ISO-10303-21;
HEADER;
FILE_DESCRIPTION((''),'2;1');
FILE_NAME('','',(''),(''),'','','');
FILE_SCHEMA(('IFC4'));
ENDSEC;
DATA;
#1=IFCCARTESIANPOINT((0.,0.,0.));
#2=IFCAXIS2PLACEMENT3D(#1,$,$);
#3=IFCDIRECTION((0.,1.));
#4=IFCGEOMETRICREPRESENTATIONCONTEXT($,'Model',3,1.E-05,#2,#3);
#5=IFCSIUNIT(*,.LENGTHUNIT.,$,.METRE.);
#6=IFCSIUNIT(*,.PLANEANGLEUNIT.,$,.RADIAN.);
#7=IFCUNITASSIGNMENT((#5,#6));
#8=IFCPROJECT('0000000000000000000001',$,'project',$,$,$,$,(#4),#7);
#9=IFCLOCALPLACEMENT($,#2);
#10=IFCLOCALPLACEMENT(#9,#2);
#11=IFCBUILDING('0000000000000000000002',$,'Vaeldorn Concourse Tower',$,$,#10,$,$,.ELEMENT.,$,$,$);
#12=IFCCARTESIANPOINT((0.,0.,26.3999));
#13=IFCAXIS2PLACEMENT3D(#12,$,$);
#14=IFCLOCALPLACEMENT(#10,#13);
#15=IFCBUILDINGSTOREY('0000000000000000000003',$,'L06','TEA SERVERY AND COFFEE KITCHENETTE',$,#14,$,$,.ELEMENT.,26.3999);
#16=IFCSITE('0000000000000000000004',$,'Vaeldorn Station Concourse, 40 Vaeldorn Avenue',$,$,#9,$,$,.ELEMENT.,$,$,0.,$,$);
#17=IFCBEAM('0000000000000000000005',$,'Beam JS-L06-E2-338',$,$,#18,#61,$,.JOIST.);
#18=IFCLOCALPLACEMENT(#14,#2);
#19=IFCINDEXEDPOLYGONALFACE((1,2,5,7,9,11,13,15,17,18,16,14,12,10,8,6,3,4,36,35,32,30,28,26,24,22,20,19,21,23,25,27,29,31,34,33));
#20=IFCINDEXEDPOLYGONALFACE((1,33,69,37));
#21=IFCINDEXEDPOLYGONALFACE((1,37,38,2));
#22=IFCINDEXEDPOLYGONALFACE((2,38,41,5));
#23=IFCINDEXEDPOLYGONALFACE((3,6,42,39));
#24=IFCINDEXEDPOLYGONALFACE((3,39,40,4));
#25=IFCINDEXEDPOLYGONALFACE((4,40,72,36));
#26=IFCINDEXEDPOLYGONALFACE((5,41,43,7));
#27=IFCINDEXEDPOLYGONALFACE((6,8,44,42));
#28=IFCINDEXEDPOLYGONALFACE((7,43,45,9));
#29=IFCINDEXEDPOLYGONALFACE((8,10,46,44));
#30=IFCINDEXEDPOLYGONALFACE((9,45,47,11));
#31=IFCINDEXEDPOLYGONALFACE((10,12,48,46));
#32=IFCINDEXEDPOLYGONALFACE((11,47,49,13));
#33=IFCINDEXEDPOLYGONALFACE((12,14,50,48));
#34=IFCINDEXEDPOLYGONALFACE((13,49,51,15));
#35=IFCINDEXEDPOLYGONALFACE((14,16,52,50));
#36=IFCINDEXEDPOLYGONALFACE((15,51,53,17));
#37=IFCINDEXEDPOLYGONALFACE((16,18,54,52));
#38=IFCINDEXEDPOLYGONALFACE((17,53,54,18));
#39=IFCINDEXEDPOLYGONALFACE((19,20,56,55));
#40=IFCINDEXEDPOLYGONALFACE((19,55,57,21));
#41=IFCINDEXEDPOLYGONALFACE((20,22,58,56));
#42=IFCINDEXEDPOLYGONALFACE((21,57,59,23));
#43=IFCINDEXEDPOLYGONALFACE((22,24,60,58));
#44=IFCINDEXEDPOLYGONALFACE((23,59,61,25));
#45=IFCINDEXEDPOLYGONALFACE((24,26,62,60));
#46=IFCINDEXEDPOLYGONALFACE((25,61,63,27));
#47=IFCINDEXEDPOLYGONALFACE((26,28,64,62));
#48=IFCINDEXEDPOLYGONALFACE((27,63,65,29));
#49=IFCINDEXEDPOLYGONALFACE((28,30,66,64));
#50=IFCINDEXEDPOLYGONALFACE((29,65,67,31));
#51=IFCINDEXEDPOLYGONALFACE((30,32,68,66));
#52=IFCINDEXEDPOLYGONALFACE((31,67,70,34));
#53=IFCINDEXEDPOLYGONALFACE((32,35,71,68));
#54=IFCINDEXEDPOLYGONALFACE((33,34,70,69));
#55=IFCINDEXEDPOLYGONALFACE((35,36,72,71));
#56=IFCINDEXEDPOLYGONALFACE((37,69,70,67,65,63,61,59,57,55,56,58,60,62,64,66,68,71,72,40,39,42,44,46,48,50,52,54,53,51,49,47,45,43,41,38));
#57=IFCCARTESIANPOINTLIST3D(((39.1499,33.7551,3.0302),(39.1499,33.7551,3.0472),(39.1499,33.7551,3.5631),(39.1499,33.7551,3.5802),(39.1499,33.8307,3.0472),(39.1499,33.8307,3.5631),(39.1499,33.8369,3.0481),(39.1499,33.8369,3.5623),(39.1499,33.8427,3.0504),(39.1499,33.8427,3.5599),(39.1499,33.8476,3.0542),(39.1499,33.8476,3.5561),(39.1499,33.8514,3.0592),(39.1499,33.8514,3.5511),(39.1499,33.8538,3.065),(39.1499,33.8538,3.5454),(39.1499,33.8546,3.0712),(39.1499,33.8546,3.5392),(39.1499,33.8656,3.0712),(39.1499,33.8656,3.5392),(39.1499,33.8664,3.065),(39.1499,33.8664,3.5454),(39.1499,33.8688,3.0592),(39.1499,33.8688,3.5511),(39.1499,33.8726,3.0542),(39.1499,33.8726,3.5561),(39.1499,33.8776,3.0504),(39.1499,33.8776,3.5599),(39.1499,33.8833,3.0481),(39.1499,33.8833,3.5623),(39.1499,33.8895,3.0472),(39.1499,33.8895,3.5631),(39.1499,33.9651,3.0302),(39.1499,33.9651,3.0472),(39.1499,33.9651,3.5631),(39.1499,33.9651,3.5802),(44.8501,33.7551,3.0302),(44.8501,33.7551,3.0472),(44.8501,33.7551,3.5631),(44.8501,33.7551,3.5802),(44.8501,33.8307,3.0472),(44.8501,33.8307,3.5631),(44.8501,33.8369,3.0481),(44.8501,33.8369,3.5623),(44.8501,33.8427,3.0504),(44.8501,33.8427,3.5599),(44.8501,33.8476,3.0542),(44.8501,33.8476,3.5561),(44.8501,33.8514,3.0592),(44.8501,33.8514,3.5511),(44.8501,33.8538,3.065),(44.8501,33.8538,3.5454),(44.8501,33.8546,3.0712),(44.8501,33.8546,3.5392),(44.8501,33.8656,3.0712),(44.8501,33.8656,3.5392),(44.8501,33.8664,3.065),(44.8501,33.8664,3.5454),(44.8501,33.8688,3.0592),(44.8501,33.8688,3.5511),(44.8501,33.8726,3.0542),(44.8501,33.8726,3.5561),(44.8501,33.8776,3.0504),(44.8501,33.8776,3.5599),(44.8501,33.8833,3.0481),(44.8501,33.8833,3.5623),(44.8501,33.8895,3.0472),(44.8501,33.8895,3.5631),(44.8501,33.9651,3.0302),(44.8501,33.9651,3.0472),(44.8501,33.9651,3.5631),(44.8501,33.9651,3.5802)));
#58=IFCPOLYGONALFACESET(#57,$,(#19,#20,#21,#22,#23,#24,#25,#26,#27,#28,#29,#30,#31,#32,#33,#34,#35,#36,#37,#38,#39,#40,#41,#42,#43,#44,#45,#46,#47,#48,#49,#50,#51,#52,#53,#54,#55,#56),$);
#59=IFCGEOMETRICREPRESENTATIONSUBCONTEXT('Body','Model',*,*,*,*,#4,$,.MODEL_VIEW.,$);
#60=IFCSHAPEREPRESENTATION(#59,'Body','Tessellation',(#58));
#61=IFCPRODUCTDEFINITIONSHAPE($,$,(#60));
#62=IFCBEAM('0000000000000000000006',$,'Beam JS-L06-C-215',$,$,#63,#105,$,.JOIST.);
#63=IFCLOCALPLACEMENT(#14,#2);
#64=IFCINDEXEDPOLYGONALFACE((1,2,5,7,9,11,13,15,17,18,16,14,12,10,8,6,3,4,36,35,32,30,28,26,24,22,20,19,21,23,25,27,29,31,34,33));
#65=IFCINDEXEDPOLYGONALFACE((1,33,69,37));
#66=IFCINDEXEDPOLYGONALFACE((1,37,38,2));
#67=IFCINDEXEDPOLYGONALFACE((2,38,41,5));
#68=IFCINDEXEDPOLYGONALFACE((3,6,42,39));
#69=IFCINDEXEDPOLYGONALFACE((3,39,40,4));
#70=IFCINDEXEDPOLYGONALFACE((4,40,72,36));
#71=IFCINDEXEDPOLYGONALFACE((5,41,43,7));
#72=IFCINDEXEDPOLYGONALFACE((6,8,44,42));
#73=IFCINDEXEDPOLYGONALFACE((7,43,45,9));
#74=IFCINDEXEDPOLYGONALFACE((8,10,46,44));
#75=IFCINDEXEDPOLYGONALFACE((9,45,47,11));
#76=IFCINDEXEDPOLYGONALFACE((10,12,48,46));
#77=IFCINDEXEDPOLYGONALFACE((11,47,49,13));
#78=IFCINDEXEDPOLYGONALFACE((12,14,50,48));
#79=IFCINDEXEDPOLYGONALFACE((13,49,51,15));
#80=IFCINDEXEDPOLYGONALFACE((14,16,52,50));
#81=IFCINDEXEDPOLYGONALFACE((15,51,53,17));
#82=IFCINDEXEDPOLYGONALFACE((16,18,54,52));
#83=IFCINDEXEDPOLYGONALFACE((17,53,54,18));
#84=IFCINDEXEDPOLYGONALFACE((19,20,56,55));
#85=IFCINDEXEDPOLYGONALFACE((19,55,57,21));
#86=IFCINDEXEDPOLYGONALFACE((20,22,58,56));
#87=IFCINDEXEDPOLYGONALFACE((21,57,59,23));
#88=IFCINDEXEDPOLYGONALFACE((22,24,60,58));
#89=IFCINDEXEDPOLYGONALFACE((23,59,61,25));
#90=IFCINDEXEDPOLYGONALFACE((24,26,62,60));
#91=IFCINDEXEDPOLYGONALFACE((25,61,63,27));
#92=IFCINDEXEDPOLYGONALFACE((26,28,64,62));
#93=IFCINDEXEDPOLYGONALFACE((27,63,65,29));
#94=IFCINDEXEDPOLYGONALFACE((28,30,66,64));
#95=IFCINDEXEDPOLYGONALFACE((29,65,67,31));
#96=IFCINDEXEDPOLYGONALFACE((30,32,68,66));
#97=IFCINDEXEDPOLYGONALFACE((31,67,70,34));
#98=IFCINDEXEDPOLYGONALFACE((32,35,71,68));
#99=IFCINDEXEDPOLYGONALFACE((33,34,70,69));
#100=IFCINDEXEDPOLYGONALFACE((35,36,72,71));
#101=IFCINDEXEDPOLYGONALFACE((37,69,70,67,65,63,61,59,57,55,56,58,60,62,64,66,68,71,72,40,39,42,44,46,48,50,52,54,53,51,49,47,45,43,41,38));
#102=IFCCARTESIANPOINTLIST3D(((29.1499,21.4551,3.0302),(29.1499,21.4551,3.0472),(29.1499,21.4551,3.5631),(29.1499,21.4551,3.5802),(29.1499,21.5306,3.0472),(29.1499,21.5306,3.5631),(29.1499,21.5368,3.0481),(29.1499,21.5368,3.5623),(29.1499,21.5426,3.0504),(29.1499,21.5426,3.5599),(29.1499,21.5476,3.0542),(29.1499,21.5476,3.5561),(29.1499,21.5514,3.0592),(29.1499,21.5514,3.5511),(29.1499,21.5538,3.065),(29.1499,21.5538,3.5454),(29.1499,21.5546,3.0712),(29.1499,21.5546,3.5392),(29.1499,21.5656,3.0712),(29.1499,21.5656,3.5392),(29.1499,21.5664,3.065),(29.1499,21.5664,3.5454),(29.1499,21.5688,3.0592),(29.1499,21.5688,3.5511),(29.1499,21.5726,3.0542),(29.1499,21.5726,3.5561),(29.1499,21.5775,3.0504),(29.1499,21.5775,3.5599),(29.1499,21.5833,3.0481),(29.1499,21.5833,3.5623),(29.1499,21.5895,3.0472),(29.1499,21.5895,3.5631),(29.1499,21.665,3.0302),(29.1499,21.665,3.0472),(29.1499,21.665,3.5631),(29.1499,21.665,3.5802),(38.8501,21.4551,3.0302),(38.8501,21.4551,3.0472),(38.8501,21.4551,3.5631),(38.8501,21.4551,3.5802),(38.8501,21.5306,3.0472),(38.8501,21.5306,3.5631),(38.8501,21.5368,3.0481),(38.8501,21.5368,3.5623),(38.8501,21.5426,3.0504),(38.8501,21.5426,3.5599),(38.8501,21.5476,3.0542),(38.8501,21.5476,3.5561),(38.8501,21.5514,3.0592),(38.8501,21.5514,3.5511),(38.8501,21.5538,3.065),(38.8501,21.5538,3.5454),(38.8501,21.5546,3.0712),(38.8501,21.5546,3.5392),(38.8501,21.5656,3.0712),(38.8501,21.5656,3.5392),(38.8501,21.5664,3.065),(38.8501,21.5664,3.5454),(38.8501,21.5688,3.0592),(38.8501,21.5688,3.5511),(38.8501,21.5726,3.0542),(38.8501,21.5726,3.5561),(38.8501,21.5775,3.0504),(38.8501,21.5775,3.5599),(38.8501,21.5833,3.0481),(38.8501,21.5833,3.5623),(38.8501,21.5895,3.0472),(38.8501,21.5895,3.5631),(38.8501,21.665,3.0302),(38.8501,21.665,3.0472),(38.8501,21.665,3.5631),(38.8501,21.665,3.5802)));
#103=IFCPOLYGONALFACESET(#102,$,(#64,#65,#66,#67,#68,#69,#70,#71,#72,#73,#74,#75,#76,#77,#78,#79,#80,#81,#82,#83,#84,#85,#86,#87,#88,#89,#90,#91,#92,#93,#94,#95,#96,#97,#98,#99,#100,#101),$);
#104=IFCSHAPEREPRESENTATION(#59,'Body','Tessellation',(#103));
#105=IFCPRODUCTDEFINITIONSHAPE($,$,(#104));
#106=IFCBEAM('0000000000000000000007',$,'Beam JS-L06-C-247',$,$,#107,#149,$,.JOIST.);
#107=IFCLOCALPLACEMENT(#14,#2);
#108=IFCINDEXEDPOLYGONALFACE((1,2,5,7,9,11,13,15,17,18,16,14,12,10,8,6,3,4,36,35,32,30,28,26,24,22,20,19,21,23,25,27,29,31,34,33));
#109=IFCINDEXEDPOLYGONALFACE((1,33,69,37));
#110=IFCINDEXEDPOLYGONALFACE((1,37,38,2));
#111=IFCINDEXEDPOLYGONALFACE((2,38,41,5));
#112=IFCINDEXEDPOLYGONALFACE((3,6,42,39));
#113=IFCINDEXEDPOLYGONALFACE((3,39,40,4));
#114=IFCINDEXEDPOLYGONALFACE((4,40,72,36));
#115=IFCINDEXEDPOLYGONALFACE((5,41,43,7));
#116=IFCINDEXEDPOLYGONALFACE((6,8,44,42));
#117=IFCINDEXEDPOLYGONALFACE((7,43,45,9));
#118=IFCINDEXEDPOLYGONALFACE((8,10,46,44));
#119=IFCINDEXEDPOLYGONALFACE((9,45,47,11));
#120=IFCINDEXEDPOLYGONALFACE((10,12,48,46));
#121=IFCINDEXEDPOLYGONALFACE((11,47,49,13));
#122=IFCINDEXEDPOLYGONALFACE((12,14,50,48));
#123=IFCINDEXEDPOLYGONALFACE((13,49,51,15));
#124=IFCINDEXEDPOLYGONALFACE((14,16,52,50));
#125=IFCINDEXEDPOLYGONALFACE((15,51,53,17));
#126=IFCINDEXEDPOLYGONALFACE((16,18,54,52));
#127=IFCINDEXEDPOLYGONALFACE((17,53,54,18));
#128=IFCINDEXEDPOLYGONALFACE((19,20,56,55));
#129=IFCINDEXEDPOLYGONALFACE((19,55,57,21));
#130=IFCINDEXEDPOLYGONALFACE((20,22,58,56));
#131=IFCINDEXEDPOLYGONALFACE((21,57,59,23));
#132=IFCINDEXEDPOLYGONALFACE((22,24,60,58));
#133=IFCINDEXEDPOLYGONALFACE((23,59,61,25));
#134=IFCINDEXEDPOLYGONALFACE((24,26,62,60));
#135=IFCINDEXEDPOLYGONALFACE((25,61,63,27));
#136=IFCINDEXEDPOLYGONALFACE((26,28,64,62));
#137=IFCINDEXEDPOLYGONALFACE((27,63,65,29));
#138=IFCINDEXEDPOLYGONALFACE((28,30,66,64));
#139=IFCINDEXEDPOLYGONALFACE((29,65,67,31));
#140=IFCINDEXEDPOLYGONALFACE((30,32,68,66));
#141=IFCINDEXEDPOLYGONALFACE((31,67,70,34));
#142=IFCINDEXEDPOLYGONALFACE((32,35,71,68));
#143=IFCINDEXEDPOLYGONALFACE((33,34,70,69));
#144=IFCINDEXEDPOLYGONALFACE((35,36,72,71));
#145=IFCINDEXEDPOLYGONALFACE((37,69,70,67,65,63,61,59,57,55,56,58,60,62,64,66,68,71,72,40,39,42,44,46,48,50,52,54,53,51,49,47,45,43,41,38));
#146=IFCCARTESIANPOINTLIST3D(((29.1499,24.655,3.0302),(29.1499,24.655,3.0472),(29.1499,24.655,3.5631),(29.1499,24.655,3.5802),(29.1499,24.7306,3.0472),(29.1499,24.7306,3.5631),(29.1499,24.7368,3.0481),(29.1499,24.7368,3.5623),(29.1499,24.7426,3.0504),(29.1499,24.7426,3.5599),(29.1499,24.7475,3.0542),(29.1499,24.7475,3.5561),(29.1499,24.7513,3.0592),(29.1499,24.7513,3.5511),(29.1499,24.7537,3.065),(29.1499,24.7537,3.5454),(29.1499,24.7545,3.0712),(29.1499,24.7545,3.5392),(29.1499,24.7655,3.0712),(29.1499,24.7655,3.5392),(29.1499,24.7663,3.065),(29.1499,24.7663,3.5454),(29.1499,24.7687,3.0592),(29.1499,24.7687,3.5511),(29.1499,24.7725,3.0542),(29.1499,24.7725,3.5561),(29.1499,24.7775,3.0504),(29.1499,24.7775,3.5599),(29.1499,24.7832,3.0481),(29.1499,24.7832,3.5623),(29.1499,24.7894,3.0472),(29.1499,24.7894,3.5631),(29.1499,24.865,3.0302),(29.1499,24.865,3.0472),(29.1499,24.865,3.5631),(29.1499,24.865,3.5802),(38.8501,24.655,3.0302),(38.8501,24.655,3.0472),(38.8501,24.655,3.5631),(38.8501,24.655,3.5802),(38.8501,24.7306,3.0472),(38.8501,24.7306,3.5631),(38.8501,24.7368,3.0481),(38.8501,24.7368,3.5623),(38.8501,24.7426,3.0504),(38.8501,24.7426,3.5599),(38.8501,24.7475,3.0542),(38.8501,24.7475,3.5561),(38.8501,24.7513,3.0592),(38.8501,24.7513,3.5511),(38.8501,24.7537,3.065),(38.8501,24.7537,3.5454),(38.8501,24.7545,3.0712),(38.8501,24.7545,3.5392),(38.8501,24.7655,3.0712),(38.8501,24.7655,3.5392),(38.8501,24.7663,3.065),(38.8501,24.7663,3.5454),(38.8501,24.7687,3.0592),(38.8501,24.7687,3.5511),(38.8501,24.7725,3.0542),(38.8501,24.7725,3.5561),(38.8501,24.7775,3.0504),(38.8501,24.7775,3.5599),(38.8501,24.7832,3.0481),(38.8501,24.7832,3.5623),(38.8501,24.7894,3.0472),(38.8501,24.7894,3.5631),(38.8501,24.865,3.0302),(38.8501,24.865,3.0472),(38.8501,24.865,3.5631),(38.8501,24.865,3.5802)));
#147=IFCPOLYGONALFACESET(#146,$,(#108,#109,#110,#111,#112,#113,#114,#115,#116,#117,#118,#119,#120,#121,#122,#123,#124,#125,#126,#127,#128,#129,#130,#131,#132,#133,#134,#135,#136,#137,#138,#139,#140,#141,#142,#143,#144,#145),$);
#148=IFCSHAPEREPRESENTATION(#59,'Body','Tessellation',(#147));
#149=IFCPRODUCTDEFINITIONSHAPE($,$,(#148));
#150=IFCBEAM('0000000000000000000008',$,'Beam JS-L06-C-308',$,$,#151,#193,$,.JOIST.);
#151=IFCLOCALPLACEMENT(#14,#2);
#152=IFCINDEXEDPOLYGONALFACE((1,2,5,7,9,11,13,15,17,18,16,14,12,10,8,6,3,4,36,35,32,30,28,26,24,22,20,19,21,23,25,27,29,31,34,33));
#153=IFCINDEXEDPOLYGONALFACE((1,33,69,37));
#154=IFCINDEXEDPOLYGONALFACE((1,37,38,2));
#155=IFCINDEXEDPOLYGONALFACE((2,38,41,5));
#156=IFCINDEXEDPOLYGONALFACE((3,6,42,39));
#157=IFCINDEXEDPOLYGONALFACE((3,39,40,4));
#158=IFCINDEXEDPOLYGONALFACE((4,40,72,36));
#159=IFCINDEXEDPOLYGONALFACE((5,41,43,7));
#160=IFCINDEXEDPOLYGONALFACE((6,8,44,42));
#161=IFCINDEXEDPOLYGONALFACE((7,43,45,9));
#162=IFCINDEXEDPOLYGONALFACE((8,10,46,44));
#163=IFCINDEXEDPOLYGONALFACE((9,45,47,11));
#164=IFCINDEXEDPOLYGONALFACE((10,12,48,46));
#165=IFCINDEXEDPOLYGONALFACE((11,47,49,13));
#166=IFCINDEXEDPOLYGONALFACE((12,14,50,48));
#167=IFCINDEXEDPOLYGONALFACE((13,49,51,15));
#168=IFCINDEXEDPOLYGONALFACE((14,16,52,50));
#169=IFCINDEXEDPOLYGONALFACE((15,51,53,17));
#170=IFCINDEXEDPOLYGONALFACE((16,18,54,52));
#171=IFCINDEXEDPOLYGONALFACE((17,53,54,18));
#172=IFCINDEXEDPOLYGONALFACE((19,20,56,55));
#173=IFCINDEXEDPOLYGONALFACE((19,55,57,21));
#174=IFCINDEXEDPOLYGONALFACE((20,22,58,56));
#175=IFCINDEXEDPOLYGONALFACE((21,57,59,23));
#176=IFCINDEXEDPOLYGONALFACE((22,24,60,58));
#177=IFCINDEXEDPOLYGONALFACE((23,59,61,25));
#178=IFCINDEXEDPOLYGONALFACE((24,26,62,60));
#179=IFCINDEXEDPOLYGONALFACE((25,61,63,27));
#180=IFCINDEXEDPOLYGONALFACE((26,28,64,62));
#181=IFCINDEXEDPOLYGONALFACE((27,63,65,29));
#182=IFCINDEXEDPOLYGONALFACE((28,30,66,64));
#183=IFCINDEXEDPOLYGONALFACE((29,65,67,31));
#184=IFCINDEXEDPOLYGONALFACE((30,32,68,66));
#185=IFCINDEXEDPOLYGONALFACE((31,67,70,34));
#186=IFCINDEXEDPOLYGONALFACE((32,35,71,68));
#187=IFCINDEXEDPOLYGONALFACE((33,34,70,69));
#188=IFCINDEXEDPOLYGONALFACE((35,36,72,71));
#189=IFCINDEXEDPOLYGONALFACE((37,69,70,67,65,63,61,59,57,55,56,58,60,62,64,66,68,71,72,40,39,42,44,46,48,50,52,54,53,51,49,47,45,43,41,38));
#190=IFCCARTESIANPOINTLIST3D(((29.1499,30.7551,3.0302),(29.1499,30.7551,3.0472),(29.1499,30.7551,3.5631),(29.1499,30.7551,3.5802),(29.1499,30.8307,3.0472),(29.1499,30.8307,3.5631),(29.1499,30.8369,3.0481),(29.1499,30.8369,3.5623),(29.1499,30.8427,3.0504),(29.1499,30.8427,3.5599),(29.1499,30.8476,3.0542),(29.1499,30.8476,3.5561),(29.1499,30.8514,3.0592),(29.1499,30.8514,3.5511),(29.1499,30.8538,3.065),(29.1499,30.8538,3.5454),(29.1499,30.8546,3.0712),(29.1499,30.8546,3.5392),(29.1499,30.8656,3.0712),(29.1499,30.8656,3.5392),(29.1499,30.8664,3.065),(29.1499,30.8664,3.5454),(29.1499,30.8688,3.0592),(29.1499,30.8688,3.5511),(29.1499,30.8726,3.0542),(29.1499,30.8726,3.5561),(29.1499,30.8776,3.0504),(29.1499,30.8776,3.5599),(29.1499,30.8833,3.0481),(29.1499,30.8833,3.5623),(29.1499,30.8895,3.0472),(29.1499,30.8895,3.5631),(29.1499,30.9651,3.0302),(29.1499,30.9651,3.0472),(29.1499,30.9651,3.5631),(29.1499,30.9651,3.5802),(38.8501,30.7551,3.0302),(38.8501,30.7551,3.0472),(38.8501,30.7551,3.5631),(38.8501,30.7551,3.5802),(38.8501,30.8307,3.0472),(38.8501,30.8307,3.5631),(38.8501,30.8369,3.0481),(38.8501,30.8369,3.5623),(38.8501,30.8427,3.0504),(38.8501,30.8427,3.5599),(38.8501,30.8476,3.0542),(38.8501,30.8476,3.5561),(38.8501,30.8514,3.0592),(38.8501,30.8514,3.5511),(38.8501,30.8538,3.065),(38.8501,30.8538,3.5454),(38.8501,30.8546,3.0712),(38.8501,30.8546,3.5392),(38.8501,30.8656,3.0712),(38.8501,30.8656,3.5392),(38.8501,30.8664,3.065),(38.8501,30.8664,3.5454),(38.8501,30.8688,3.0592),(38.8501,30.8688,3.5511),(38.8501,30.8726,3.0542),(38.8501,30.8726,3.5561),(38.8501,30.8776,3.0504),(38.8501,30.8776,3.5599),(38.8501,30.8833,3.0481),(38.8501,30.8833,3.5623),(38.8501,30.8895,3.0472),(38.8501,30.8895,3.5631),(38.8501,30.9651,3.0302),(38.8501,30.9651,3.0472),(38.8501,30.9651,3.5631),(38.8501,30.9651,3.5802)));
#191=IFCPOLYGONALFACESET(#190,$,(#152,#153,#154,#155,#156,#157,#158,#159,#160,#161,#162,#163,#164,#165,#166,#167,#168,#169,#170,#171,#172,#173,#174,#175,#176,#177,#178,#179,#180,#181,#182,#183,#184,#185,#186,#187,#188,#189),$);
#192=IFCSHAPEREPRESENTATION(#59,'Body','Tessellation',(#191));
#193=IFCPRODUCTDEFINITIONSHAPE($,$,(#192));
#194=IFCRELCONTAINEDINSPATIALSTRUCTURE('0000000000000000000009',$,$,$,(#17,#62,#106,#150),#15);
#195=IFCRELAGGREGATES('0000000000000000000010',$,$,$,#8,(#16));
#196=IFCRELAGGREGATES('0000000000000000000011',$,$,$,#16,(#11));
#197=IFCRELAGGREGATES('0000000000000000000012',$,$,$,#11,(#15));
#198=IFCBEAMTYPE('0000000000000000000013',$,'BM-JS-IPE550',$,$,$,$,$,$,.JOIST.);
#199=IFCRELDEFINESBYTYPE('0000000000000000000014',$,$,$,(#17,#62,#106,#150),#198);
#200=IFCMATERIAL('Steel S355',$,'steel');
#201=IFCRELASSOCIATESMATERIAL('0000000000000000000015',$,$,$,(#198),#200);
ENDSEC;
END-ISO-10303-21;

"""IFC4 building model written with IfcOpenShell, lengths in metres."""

from ifc_helpers import new_model, si_unit, direction, frame, origin, origin_2d, place, context, subcontext, project, spatial, i_section, extrude, source, transform, mapped, material, material_profile, profile_set, type_object, element, save


model = new_model("IFC4")

# Units and contexts
model_context = context("Model", 3, precision=1e-05, world=origin(), true_north=direction((0.0, 1.0)))
body_context = subcontext(model_context, "Body", "Model", "MODEL_VIEW")
ifc_project = project(units=[si_unit("LENGTHUNIT", "METRE"), si_unit("PLANEANGLEUNIT", "RADIAN")], contexts=[model_context])

# Site, building, storey
site_placement = place(None, origin())
site = spatial("IfcSite", under=ifc_project, at=site_placement, Name="Vaeldorn Station Concourse, 40 Vaeldorn Avenue", CompositionType="ELEMENT", RefElevation=0.0)
building_placement = place(site_placement, origin())
building = spatial("IfcBuilding", under=site, at=building_placement, Name="Vaeldorn Concourse Tower", CompositionType="ELEMENT")
storey_placement = place(building_placement, frame((0.0, 0.0, 26.3999)))
storey = spatial("IfcBuildingStorey", under=building, at=storey_placement, Name="L06", Description="TEA SERVERY AND COFFEE KITCHENETTE", CompositionType="ELEMENT", Elevation=26.3999)

# Beams
ifc_material_1 = material(Name="Steel S355", Category="steel")
ifc_material_profile_1 = material_profile(ifc_material_1, i_section(OverallWidth=0.21, OverallDepth=0.55, WebThickness=0.011, FlangeThickness=0.0171, FilletRadius=0.0239, at=origin_2d()), Name="IPE 550")
ifc_profile_set_1 = profile_set([ifc_material_profile_1], Name="Steel S355")
beam_type_1 = type_object("IfcBeamType", Name="BM-JS-IPE550", PredefinedType="JOIST", material=ifc_profile_set_1)
shared_shape_1 = source(origin(), body_context, "Body", "SweptSolid", [
    extrude(i_section(OverallWidth=0.21, OverallDepth=0.55, WebThickness=0.011, FlangeThickness=0.0171, FilletRadius=0.0239, at=origin_2d()), origin(), (0.0, 0.0, 1.0), 5.7002),
])
for number, where, z_axis, x_axis, name in (
    (1, (39.1499, 33.8601, 3.3052), (1.0, 0.0, 0.0), (0.0, 1.0, 0.0), "Beam JS-L06-E2-338"),
):
    element("IfcBeam", number, at=place(storey_placement, frame(where, z_axis=z_axis, x_axis=x_axis)), inside=storey, type_object=beam_type_1, Name=name, PredefinedType="JOIST", context=body_context, shape_type="MappedRepresentation", body=[
        mapped(shared_shape_1, transform((0.0, 0.0, 0.0), scale=1.0)),
    ])
shared_shape_2 = source(origin(), body_context, "Body", "SweptSolid", [
    extrude(i_section(OverallWidth=0.21, OverallDepth=0.55, WebThickness=0.011, FlangeThickness=0.0171, FilletRadius=0.0239, at=origin_2d()), origin(), (0.0, 0.0, 1.0), 9.7002),
])
for number, where, z_axis, x_axis, name in (
    (2, (29.1499, 21.5601, 3.3052), (1.0, 0.0, 0.0), (0.0, 1.0, 0.0), "Beam JS-L06-C-215"),
    (3, (29.1499, 24.76, 3.3052), (1.0, 0.0, 0.0), (0.0, 1.0, 0.0), "Beam JS-L06-C-247"),
    (4, (29.1499, 30.8601, 3.3052), (1.0, 0.0, 0.0), (0.0, 1.0, 0.0), "Beam JS-L06-C-308"),
):
    element("IfcBeam", number, at=place(storey_placement, frame(where, z_axis=z_axis, x_axis=x_axis)), inside=storey, type_object=beam_type_1, Name=name, PredefinedType="JOIST", context=body_context, shape_type="MappedRepresentation", body=[
        mapped(shared_shape_2, transform((0.0, 0.0, 0.0), scale=1.0)),
    ])

save(model, "model.ifc")
